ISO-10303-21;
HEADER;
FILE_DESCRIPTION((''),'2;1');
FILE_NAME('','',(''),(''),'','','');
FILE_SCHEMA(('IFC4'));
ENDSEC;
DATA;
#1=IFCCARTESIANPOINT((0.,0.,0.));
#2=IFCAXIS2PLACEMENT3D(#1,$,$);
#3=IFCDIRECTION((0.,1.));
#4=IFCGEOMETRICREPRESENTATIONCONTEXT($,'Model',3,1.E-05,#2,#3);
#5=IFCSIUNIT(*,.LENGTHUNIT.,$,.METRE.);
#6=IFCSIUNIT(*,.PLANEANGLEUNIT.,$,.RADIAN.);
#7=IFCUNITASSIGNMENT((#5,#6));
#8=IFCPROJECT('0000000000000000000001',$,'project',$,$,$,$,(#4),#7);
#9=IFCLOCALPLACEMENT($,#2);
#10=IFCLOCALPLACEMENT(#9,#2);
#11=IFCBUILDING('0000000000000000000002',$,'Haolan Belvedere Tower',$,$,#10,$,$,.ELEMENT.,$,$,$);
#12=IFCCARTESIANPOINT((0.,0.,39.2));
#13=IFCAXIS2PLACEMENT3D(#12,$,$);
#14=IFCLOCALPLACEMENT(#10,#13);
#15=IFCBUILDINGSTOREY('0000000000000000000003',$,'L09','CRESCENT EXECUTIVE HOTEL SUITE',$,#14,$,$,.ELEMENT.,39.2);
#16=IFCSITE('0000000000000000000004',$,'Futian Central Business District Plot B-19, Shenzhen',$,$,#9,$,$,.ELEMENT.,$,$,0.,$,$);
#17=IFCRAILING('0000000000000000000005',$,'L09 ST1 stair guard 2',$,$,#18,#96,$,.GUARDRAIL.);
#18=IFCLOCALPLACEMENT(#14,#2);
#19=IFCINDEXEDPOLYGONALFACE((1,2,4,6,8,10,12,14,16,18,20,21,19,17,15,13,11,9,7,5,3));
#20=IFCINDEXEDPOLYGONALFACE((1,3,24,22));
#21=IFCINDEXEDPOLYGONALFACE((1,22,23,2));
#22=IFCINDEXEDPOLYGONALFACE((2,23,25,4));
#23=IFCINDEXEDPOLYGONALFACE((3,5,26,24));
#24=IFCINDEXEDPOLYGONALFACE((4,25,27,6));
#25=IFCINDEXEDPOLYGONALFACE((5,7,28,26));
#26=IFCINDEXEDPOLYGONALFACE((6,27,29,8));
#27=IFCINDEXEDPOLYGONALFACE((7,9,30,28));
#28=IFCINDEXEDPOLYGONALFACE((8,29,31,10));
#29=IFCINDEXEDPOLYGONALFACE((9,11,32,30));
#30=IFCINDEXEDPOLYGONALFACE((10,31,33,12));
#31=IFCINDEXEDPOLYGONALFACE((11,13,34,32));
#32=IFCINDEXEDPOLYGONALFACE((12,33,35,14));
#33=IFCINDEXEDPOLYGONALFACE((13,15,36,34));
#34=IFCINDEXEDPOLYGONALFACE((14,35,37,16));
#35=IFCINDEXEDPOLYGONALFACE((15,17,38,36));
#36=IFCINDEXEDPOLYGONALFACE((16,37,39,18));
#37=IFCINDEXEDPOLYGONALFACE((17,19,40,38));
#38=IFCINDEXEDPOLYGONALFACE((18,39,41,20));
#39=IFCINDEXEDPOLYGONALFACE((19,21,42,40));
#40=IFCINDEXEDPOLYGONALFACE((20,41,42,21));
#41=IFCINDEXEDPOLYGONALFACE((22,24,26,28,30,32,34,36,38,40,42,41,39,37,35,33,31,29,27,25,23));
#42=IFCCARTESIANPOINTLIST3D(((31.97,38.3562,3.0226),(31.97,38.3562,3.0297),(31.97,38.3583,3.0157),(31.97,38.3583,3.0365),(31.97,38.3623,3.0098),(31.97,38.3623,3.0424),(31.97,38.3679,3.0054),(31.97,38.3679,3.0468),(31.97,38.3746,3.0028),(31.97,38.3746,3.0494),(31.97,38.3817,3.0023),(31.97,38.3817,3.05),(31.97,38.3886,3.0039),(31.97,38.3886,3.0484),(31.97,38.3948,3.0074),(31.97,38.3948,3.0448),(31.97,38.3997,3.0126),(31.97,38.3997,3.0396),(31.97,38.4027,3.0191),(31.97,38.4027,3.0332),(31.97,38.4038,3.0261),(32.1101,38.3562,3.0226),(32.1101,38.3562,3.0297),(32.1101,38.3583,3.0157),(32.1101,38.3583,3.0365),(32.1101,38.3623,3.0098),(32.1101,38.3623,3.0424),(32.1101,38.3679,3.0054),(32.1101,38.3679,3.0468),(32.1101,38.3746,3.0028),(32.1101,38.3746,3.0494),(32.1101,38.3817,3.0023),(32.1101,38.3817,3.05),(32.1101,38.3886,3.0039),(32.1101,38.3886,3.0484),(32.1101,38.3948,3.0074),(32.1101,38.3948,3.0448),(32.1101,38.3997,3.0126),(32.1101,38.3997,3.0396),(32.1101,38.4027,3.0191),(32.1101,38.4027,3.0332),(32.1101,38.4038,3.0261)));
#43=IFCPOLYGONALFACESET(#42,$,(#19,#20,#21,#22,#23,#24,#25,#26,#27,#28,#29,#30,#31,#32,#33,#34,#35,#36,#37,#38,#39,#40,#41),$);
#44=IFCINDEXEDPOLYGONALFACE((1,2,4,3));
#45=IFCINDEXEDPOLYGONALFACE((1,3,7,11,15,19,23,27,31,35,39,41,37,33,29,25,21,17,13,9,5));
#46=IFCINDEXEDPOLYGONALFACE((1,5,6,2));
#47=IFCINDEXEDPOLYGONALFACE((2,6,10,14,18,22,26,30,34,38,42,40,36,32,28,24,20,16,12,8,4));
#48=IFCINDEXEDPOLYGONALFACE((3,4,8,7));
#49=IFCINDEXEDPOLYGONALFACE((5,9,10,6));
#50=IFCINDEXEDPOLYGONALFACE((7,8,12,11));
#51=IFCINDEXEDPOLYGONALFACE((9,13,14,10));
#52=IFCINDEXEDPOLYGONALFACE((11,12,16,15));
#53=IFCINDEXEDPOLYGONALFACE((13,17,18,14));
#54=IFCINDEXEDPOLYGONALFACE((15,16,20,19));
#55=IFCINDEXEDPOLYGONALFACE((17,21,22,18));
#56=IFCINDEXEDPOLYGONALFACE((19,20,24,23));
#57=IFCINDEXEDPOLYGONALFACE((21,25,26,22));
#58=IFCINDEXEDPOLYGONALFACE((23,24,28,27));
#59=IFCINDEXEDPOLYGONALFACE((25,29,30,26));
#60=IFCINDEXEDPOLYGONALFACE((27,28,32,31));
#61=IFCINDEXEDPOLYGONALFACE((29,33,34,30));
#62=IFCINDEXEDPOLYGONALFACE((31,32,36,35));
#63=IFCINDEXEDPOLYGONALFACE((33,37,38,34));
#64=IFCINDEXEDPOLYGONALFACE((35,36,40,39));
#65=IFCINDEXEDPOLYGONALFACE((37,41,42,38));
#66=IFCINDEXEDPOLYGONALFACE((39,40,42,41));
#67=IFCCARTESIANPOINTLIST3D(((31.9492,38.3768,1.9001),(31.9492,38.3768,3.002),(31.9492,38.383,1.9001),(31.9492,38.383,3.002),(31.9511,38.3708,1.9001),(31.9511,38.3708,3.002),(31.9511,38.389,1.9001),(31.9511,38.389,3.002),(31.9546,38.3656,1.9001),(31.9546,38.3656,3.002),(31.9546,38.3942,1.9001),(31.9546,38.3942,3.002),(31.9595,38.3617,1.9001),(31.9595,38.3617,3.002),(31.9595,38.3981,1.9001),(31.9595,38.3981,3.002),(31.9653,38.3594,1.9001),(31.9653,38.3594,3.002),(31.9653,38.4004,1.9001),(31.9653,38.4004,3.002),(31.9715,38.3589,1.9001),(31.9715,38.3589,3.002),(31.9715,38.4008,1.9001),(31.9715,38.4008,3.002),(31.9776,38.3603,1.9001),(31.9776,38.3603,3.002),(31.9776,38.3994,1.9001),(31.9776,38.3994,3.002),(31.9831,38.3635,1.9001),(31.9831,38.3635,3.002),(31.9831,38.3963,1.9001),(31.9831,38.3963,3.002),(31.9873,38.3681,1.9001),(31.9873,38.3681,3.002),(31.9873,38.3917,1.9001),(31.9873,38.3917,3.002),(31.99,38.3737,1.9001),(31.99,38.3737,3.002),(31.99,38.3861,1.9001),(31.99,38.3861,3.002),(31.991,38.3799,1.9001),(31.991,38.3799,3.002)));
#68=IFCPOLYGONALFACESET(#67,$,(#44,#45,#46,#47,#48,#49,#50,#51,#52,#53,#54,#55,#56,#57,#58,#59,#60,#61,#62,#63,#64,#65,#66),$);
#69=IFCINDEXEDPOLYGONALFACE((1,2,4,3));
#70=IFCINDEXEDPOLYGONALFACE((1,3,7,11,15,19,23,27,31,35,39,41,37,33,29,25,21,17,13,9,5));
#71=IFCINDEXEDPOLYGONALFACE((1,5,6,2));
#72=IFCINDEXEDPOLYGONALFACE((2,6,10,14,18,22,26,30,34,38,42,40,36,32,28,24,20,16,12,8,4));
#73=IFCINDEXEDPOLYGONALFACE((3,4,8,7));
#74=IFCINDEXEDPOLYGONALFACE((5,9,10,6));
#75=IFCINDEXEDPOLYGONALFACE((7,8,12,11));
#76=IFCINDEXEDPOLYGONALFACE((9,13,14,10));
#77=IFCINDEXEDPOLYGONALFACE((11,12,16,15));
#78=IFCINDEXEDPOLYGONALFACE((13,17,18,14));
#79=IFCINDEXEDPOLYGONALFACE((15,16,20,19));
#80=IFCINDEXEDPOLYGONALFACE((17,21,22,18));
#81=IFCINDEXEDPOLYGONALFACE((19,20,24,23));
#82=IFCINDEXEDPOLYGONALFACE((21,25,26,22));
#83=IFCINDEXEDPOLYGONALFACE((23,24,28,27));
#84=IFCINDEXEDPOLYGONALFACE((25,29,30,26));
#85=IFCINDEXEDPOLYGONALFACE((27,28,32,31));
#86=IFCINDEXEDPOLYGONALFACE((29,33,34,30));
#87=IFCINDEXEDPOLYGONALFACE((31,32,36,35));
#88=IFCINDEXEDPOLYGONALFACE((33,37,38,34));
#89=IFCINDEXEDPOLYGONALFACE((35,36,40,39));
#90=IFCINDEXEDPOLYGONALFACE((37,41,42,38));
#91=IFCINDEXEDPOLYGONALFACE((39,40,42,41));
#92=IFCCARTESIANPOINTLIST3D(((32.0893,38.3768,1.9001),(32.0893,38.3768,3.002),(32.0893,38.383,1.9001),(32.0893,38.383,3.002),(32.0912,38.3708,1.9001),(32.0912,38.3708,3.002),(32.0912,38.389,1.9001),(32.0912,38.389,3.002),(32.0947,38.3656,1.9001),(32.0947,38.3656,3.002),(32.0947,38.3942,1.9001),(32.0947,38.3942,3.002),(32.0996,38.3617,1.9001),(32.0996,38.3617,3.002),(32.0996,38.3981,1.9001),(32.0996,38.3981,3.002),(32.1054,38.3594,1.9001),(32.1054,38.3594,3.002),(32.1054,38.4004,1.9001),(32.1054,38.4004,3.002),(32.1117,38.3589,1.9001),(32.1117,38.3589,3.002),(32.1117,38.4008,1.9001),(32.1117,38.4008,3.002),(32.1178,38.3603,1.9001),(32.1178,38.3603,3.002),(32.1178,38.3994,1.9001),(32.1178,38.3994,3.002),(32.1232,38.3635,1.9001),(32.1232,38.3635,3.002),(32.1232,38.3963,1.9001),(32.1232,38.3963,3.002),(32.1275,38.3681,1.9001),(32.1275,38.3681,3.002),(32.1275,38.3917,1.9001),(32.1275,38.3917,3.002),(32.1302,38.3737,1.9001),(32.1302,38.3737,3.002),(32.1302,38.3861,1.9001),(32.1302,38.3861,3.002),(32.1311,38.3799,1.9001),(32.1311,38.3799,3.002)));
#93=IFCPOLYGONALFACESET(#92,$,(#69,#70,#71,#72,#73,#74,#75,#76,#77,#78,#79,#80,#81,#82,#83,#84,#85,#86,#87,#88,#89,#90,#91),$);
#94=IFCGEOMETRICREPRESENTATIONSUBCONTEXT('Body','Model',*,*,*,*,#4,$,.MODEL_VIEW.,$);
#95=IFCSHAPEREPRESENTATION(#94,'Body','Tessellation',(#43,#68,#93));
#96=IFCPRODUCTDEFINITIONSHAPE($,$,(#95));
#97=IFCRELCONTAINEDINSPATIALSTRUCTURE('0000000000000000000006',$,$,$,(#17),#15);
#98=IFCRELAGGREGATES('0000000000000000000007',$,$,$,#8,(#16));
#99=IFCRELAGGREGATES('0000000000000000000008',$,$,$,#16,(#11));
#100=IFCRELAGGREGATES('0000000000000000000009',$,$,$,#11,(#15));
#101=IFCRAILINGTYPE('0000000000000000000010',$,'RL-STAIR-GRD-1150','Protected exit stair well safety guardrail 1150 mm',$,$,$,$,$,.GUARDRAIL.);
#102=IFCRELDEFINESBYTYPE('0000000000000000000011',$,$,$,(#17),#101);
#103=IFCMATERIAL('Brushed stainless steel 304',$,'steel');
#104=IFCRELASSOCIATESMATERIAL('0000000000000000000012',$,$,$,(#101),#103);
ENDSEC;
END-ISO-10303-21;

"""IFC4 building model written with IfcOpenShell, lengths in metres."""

from ifc_helpers import new_model, si_unit, direction, frame, origin, origin_2d, place, context, subcontext, project, spatial, circle, extrude, material, type_object, element, save


model = new_model("IFC4")

# Units and contexts
model_context = context("Model", 3, precision=1e-05, world=origin(), true_north=direction((0.0, 1.0)))
body_context = subcontext(model_context, "Body", "Model", "MODEL_VIEW")
ifc_project = project(units=[si_unit("LENGTHUNIT", "METRE"), si_unit("PLANEANGLEUNIT", "RADIAN")], contexts=[model_context])

# Site, building, storey
site_placement = place(None, origin())
site = spatial("IfcSite", under=ifc_project, at=site_placement, Name="Futian Central Business District Plot B-19, Shenzhen", CompositionType="ELEMENT", RefElevation=0.0)
building_placement = place(site_placement, origin())
building = spatial("IfcBuilding", under=site, at=building_placement, Name="Haolan Belvedere Tower", CompositionType="ELEMENT")
storey_placement = place(building_placement, frame((0.0, 0.0, 39.2)))
storey = spatial("IfcBuildingStorey", under=building, at=storey_placement, Name="L09", Description="CRESCENT EXECUTIVE HOTEL SUITE", CompositionType="ELEMENT", Elevation=39.2)

# Railing
ifc_material_1 = material(Name="Brushed stainless steel 304", Category="steel")
railing_type_1 = type_object("IfcRailingType", Name="RL-STAIR-GRD-1150", Description="Protected exit stair well safety guardrail 1150 mm", PredefinedType="GUARDRAIL", material=ifc_material_1)
railing_1_placement = place(storey_placement, frame((31.97, 38.3799, 1.9001)))
element("IfcRailing", 1, at=railing_1_placement, inside=storey, type_object=railing_type_1, Name="L09 ST1 stair guard 2", PredefinedType="GUARDRAIL", context=body_context, shape_type="SweptSolid", body=[
    extrude(circle(Radius=0.0239, at=origin_2d()), frame((0.0, 0.0, 1.126), z_axis=(1.0, 0.0, 0.0), x_axis=(0.0, 1.0, 0.0)), (0.0, 0.0, 1.0), 0.1401),
    extrude(circle(Radius=0.021, at=origin_2d()), origin(), (0.0, 0.0, 1.0), 1.1018),
    extrude(circle(Radius=0.021, at=origin_2d()), frame((0.1401, 0.0, 0.0)), (0.0, 0.0, 1.0), 1.1018),
])

save(model, "model.ifc")
